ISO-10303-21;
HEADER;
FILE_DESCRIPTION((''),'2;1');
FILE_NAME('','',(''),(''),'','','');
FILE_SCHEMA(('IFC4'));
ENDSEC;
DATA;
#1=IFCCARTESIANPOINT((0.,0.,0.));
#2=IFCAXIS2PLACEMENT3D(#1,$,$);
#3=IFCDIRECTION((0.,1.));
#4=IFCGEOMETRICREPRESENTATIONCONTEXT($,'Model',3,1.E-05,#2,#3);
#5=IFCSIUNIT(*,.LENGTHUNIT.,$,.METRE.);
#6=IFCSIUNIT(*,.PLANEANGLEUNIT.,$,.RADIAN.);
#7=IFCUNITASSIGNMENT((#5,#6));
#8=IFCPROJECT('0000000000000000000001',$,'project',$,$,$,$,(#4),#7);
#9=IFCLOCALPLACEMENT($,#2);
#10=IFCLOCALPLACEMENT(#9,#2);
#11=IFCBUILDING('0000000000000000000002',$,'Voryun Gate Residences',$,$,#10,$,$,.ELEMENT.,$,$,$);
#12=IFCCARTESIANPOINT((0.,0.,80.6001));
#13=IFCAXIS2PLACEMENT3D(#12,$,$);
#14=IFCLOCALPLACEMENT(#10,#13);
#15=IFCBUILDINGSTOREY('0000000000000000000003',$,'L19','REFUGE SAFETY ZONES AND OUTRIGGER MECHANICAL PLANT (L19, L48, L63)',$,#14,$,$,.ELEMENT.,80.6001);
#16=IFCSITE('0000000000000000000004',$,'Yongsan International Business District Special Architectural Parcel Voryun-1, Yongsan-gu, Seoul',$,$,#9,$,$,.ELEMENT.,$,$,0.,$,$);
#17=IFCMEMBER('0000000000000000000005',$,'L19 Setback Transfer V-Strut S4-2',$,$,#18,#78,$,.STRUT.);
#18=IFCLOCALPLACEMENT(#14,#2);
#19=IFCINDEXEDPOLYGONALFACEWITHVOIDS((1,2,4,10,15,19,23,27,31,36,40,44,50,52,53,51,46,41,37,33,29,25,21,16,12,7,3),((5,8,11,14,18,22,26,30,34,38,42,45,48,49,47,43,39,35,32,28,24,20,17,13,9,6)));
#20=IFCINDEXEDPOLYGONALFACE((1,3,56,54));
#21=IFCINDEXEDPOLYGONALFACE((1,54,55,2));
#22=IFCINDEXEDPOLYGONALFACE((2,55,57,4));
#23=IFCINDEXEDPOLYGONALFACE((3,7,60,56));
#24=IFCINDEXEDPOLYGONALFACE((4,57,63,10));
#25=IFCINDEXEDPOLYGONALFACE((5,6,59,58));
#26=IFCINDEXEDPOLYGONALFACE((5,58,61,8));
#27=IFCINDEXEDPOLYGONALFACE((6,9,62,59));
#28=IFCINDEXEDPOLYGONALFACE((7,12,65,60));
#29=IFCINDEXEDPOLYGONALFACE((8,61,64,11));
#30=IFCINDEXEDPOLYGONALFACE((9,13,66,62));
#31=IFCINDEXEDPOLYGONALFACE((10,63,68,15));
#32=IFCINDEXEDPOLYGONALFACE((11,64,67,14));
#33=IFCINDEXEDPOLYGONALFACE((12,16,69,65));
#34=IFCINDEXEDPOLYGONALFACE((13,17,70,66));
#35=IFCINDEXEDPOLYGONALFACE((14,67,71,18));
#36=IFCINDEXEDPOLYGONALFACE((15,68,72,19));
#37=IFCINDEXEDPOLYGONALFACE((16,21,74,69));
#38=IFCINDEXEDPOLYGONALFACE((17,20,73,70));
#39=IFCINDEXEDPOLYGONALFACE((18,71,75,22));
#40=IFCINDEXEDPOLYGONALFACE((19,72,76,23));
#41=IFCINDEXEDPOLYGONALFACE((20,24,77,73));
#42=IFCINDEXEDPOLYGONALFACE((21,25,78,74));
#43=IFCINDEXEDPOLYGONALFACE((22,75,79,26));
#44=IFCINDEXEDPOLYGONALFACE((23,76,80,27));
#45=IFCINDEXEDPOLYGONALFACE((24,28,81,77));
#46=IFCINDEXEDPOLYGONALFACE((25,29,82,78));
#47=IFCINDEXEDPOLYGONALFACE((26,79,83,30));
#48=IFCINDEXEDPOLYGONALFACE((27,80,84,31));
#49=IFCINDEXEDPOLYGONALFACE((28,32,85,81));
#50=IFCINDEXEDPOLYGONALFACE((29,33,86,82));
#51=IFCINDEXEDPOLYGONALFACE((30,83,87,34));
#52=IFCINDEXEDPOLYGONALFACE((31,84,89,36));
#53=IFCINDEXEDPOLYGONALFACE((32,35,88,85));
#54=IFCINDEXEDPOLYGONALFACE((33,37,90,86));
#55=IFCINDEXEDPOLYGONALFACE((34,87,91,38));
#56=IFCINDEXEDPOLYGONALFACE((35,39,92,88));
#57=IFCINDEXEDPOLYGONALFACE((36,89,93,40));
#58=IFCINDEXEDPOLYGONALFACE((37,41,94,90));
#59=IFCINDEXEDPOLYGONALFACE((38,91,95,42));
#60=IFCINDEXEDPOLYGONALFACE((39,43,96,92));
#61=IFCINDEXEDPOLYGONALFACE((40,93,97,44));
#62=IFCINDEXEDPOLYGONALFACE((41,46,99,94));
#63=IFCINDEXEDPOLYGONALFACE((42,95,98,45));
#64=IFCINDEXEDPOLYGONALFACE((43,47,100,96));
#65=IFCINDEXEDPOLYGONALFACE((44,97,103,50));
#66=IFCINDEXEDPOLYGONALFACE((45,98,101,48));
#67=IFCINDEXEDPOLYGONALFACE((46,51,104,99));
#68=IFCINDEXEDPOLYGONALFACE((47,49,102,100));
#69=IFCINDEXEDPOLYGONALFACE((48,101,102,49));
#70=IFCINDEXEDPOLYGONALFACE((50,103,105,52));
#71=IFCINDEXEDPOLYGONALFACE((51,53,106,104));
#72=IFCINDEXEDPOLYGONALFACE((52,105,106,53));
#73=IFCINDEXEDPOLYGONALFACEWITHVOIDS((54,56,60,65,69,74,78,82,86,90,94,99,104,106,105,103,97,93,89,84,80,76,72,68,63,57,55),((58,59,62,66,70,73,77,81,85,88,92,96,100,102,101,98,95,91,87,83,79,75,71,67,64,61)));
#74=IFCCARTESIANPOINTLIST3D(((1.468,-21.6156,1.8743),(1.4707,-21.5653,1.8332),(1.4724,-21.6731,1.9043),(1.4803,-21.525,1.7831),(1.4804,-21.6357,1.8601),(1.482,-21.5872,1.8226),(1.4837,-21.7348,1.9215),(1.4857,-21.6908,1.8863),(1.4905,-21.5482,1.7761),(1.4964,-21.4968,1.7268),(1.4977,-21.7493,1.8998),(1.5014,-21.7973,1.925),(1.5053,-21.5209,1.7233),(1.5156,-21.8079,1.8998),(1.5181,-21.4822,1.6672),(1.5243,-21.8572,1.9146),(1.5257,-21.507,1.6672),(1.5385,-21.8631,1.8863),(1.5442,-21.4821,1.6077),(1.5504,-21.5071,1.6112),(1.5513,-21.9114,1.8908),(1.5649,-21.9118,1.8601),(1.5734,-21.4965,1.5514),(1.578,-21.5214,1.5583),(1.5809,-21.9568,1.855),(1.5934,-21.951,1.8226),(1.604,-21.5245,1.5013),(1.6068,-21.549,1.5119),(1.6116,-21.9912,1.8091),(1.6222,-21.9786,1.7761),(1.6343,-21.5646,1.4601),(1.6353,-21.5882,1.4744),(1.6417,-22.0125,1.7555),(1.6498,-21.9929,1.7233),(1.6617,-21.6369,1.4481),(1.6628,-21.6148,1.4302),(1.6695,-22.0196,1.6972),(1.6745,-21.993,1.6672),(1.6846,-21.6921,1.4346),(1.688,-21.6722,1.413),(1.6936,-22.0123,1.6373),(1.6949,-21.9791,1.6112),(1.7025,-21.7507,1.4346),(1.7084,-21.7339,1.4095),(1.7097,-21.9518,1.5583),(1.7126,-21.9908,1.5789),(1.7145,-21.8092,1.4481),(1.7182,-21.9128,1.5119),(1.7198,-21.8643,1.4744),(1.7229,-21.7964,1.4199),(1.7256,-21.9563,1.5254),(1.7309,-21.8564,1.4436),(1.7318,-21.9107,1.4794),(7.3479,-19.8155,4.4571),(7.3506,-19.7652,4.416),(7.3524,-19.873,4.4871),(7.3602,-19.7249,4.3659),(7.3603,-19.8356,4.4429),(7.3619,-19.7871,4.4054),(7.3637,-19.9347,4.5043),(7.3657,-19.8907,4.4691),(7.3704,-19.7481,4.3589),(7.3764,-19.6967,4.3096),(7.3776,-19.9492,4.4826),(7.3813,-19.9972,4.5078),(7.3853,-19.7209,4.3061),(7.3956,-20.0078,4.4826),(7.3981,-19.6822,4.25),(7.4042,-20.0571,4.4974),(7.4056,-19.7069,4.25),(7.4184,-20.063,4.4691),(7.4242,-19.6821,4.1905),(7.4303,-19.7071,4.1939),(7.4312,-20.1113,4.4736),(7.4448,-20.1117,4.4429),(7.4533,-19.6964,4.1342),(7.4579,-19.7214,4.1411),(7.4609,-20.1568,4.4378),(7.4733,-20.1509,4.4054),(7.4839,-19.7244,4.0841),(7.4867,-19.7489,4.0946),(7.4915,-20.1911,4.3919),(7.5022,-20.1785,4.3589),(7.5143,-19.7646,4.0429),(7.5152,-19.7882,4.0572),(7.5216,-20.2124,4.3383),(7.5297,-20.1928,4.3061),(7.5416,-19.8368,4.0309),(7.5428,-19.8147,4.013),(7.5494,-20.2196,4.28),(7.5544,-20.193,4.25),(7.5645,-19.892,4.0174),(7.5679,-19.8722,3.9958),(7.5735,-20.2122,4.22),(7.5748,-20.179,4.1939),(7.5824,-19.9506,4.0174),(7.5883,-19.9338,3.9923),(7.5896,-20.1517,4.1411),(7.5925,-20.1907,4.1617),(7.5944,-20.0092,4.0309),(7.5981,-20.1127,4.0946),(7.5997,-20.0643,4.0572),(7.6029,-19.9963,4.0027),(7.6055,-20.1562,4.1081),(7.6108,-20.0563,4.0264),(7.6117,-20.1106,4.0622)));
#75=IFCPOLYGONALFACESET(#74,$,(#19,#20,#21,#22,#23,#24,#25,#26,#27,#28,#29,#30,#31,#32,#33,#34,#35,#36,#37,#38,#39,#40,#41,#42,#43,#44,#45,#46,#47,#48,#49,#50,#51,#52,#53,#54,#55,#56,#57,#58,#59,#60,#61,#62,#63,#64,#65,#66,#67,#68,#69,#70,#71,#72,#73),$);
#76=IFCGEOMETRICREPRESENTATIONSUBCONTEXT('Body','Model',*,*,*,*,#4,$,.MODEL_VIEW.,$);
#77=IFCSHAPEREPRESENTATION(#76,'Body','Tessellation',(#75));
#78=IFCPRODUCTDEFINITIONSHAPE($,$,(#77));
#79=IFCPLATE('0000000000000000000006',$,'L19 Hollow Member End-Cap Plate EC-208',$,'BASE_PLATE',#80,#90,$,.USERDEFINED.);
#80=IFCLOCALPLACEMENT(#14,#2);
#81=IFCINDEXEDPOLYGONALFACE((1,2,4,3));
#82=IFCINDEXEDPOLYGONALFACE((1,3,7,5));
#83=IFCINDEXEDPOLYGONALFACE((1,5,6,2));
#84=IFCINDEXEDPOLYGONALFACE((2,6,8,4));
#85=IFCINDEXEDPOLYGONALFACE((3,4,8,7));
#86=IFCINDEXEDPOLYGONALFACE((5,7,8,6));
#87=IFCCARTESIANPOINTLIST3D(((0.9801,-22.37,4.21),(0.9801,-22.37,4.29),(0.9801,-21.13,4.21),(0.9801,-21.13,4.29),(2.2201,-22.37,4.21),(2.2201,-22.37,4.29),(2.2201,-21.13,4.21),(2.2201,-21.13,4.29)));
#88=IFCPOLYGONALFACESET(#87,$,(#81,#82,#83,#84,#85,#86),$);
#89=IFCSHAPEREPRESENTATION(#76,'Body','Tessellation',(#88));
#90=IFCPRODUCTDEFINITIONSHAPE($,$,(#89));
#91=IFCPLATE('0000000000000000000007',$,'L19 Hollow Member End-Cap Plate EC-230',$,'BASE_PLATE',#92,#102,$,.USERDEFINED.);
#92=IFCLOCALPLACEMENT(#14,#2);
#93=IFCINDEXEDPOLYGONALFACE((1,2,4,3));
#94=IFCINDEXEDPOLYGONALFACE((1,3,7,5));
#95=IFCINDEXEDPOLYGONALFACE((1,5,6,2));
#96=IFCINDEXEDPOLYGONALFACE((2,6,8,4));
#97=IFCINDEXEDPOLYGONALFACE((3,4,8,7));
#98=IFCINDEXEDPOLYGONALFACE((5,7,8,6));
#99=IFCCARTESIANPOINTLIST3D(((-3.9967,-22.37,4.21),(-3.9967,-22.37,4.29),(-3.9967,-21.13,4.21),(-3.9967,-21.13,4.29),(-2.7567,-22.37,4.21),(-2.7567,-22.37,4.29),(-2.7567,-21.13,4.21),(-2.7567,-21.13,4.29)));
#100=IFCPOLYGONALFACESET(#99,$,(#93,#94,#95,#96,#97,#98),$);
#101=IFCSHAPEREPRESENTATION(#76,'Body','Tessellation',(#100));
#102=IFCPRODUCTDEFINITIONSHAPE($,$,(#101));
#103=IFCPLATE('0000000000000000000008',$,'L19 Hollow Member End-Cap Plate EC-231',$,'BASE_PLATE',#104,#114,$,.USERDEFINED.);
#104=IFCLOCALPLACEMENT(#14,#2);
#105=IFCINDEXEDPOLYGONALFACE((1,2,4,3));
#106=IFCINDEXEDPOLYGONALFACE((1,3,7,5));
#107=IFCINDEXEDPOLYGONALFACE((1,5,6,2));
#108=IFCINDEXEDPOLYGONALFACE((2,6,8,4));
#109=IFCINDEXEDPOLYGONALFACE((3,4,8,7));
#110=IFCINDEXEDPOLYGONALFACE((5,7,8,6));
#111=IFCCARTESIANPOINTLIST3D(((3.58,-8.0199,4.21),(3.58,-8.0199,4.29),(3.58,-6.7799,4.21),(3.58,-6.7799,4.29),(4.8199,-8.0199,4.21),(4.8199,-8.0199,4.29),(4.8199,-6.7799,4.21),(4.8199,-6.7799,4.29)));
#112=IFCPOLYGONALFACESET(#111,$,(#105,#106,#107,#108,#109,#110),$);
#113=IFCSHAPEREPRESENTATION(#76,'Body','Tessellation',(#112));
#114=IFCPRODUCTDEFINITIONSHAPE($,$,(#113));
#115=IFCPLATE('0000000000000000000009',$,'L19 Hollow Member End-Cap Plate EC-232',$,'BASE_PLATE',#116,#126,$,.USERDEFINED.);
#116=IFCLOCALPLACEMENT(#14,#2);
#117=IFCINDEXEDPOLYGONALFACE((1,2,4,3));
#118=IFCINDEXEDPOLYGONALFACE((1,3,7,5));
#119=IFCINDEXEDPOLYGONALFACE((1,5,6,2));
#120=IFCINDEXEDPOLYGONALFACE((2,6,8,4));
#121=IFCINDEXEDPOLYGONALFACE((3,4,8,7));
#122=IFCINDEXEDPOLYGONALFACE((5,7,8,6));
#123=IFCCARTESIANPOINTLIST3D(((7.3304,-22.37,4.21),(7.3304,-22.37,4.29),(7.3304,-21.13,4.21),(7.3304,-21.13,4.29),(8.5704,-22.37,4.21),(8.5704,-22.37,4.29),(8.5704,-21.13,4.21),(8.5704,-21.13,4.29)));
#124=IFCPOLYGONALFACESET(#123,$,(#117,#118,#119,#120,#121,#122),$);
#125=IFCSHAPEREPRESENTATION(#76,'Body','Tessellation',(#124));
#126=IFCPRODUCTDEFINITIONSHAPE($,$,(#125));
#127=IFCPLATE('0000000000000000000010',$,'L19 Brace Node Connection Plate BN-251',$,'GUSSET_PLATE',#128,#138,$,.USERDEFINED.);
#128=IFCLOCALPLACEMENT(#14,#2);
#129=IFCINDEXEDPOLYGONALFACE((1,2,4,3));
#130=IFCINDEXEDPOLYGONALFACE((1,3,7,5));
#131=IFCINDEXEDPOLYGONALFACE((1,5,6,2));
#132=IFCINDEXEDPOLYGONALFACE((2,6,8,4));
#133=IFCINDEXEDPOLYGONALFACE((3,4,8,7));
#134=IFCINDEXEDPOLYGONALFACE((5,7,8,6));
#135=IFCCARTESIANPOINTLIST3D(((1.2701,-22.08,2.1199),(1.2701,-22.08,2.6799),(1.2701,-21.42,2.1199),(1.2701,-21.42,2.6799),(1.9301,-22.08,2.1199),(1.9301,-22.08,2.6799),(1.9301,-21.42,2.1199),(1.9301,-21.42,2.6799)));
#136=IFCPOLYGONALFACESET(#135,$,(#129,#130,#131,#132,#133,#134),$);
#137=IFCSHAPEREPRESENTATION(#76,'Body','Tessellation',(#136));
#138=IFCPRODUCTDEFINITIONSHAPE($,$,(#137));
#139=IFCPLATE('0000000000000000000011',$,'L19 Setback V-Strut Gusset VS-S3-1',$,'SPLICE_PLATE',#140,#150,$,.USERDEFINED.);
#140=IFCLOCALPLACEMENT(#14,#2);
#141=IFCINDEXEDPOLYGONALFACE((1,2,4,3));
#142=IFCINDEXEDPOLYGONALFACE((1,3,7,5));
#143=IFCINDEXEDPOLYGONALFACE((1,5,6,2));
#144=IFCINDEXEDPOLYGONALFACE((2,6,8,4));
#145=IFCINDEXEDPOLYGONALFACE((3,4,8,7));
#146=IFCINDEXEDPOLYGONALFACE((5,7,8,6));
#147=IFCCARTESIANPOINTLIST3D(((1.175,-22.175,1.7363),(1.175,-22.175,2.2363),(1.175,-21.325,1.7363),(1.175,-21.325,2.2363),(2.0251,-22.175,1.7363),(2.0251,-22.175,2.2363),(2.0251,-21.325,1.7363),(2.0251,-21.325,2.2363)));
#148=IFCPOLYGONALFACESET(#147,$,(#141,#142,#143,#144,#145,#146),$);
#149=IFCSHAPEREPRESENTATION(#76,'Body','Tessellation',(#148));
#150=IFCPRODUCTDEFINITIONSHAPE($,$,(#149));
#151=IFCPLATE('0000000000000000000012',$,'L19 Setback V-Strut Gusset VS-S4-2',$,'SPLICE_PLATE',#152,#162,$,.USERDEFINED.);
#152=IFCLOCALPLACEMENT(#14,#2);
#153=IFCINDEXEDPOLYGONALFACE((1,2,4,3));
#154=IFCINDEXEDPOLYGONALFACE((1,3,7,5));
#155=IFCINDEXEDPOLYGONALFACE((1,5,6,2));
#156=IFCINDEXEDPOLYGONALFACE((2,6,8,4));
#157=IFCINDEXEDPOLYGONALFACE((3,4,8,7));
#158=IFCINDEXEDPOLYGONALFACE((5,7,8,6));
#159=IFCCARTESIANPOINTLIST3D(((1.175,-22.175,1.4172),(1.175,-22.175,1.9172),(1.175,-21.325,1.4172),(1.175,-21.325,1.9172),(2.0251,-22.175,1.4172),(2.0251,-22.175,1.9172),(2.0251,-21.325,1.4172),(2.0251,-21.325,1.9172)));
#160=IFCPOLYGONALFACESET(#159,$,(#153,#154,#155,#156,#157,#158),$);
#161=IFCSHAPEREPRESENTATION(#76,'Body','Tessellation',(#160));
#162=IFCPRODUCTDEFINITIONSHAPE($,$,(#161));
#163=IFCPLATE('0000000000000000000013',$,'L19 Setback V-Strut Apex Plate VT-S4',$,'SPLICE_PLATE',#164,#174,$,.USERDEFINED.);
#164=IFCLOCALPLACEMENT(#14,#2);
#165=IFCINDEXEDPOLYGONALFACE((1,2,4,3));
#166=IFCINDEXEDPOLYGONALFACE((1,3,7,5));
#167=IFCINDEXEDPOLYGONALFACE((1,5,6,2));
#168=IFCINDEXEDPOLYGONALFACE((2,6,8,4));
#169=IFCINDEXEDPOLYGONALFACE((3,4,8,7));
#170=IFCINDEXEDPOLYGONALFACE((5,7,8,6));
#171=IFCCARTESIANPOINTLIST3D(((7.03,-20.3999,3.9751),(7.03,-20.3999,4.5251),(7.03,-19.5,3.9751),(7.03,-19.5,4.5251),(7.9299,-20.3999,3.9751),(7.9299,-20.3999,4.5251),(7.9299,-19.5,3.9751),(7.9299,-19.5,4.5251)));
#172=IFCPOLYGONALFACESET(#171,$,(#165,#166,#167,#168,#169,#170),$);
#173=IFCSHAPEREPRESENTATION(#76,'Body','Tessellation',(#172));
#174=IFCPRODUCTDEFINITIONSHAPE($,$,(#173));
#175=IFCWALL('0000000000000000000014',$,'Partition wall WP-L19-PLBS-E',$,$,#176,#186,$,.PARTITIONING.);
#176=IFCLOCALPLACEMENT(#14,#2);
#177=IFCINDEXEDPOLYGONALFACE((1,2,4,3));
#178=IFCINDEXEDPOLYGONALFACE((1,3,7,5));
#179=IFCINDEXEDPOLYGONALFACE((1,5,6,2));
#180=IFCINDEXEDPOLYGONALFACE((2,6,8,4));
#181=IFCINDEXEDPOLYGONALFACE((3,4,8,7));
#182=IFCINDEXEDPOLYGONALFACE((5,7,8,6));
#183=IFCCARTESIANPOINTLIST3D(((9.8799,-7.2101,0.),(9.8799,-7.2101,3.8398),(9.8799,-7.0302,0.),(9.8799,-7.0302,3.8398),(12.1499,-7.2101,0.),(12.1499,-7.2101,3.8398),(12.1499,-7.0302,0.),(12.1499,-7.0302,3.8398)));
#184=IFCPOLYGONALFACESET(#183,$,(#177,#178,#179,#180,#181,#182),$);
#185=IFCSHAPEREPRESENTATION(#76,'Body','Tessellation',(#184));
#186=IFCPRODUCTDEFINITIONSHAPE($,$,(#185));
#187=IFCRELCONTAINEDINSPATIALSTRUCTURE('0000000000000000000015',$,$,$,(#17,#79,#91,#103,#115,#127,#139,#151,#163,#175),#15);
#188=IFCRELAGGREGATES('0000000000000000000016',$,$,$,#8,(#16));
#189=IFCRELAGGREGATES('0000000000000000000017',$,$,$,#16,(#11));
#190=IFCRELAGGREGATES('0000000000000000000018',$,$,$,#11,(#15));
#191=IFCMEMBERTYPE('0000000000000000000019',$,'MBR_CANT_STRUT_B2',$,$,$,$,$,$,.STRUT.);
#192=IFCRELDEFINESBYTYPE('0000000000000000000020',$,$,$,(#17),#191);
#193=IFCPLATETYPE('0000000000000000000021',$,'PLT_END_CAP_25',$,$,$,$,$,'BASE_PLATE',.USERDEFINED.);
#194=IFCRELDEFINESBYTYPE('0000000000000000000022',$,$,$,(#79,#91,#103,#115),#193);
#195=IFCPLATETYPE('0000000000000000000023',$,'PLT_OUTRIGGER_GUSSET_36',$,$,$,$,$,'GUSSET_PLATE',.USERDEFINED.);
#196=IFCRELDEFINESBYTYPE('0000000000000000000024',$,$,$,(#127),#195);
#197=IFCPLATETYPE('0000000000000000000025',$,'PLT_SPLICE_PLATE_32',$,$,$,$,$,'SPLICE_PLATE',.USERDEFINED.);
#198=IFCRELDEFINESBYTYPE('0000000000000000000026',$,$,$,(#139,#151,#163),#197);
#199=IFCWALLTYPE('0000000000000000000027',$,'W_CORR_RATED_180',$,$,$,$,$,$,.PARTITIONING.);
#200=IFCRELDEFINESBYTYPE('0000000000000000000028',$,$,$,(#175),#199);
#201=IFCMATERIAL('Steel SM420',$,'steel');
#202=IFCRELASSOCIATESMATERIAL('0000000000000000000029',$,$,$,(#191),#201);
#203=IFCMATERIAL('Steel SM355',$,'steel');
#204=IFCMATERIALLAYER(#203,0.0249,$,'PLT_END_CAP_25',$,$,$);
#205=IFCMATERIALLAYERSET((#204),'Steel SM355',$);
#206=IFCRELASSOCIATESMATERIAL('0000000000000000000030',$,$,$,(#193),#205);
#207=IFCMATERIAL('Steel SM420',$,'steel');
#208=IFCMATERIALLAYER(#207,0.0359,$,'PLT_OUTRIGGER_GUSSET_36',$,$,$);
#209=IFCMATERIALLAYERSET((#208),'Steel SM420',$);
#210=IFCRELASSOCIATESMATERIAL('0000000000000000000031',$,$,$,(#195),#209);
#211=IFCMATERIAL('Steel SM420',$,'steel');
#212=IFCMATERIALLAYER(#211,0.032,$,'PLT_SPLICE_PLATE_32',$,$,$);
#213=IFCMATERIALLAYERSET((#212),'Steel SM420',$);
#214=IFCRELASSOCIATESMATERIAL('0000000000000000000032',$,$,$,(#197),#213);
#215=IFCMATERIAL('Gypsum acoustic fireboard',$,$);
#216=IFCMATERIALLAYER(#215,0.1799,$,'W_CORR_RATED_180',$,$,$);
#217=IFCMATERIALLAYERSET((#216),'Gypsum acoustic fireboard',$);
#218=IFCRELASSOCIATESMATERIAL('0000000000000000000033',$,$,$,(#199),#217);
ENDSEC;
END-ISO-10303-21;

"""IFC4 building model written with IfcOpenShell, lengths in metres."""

from ifc_helpers import new_model, si_unit, direction, frame, frame_2d, origin, origin_2d, place, context, subcontext, project, spatial, rectangle, hollow_circle, extrude, material, layer, layer_set, material_profile, profile_set, type_object, element, save


model = new_model("IFC4")

# Units and contexts
model_context = context("Model", 3, precision=1e-05, world=origin(), true_north=direction((0.0, 1.0)))
body_context = subcontext(model_context, "Body", "Model", "MODEL_VIEW")
ifc_project = project(units=[si_unit("LENGTHUNIT", "METRE"), si_unit("PLANEANGLEUNIT", "RADIAN")], contexts=[model_context])

# Site, building, storey
site_placement = place(None, origin())
site = spatial("IfcSite", under=ifc_project, at=site_placement, Name="Yongsan International Business District Special Architectural Parcel Voryun-1, Yongsan-gu, Seoul", CompositionType="ELEMENT", RefElevation=0.0)
building_placement = place(site_placement, origin())
building = spatial("IfcBuilding", under=site, at=building_placement, Name="Voryun Gate Residences", CompositionType="ELEMENT")
storey_placement = place(building_placement, frame((0.0, 0.0, 80.6001)))
storey = spatial("IfcBuildingStorey", under=building, at=storey_placement, Name="L19", Description="REFUGE SAFETY ZONES AND OUTRIGGER MECHANICAL PLANT (L19, L48, L63)", CompositionType="ELEMENT", Elevation=80.6001)

# Member
ifc_material_1 = material(Name="Steel SM420", Category="steel")
ifc_material_profile_1 = material_profile(ifc_material_1, hollow_circle(Radius=0.28, WallThickness=0.0259, at=origin_2d()), Name="CHS-560x26")
ifc_profile_set_1 = profile_set([ifc_material_profile_1], Name="Steel SM420")
member_type_1 = type_object("IfcMemberType", Name="MBR_CANT_STRUT_B2", PredefinedType="STRUT", material=ifc_profile_set_1)
member_1_placement = place(storey_placement, frame((1.6001, -21.75, 1.6672), z_axis=(0.881592, 0.269888, 0.387243), x_axis=(-0.292727, 0.956196, 0.0)))
element("IfcMember", 1, at=member_1_placement, inside=storey, type_object=member_type_1, Name="L19 Setback Transfer V-Strut S4-2", PredefinedType="STRUT", context=body_context, shape_type="SweptSolid", body=[
    extrude(hollow_circle(Radius=0.28, WallThickness=0.0259, at=origin_2d()), origin(), (0.0, 0.0, 1.0), 6.6697),
])

# Plates
ifc_material_2 = material(Name="Steel SM355", Category="steel")
ifc_layer_1 = layer(ifc_material_2, 0.0249, Name="PLT_END_CAP_25")
ifc_layer_set_1 = layer_set([ifc_layer_1], Name="Steel SM355")
plate_type_1 = type_object("IfcPlateType", Name="PLT_END_CAP_25", ElementType="BASE_PLATE", PredefinedType="USERDEFINED", material=ifc_layer_set_1)
for number, where, z_axis, x_axis, name in (
    (2, (1.6001, -21.75, 4.21), (0.0, 0.0, 1.0), (1.0, 0.0, 0.0), "L19 Hollow Member End-Cap Plate EC-208"),
    (3, (-3.3767, -21.75, 4.21), (0.0, 0.0, 1.0), (1.0, 0.0, 0.0), "L19 Hollow Member End-Cap Plate EC-230"),
    (4, (4.2, -7.3999, 4.21), (0.0, 0.0, 1.0), (1.0, 0.0, 0.0), "L19 Hollow Member End-Cap Plate EC-231"),
    (5, (7.9504, -21.75, 4.21), (0.0, 0.0, 1.0), (1.0, 0.0, 0.0), "L19 Hollow Member End-Cap Plate EC-232"),
):
    element("IfcPlate", number, at=place(storey_placement, frame(where, z_axis=z_axis, x_axis=x_axis)), inside=storey, type_object=plate_type_1, Name=name, ObjectType="BASE_PLATE", PredefinedType="USERDEFINED", context=body_context, shape_type="SweptSolid", body=[
        extrude(rectangle(XDim=1.24, YDim=1.24, at=origin_2d()), origin(), (0.0, 0.0, 1.0), 0.0801),
    ])
ifc_material_3 = material(Name="Steel SM420", Category="steel")
ifc_layer_2 = layer(ifc_material_3, 0.0359, Name="PLT_OUTRIGGER_GUSSET_36")
ifc_layer_set_2 = layer_set([ifc_layer_2], Name="Steel SM420")
plate_type_2 = type_object("IfcPlateType", Name="PLT_OUTRIGGER_GUSSET_36", ElementType="GUSSET_PLATE", PredefinedType="USERDEFINED", material=ifc_layer_set_2)
plate_1_placement = place(storey_placement, frame((1.6001, -21.75, 2.1199), z_axis=(0.0, 0.0, 1.0), x_axis=(1.0, 0.0, 0.0)))
element("IfcPlate", 6, at=plate_1_placement, inside=storey, type_object=plate_type_2, Name="L19 Brace Node Connection Plate BN-251", ObjectType="GUSSET_PLATE", PredefinedType="USERDEFINED", context=body_context, shape_type="SweptSolid", body=[
    extrude(rectangle(XDim=0.6599, YDim=0.6599, at=origin_2d()), origin(), (0.0, 0.0, 1.0), 0.5601),
])
ifc_material_4 = material(Name="Steel SM420", Category="steel")
ifc_layer_3 = layer(ifc_material_4, 0.032, Name="PLT_SPLICE_PLATE_32")
ifc_layer_set_3 = layer_set([ifc_layer_3], Name="Steel SM420")
plate_type_3 = type_object("IfcPlateType", Name="PLT_SPLICE_PLATE_32", ElementType="SPLICE_PLATE", PredefinedType="USERDEFINED", material=ifc_layer_set_3)
for number, where, z_axis, x_axis, name in (
    (7, (1.6001, -21.75, 1.7363), (0.0, 0.0, 1.0), (1.0, 0.0, 0.0), "L19 Setback V-Strut Gusset VS-S3-1"),
    (8, (1.6001, -21.75, 1.4172), (0.0, 0.0, 1.0), (1.0, 0.0, 0.0), "L19 Setback V-Strut Gusset VS-S4-2"),
):
    element("IfcPlate", number, at=place(storey_placement, frame(where, z_axis=z_axis, x_axis=x_axis)), inside=storey, type_object=plate_type_3, Name=name, ObjectType="SPLICE_PLATE", PredefinedType="USERDEFINED", context=body_context, shape_type="SweptSolid", body=[
        extrude(rectangle(XDim=0.8501, YDim=0.8501, at=origin_2d()), origin(), (0.0, 0.0, 1.0), 0.5),
    ])
plate_2_placement = place(storey_placement, frame((7.48, -19.95, 3.9751), z_axis=(0.0, 0.0, 1.0), x_axis=(1.0, 0.0, 0.0)))
element("IfcPlate", 9, at=plate_2_placement, inside=storey, type_object=plate_type_3, Name="L19 Setback V-Strut Apex Plate VT-S4", ObjectType="SPLICE_PLATE", PredefinedType="USERDEFINED", context=body_context, shape_type="SweptSolid", body=[
    extrude(rectangle(XDim=0.8999, YDim=0.8999, at=origin_2d()), origin(), (0.0, 0.0, 1.0), 0.55),
])

# Wall
ifc_material_5 = material(Name="Gypsum acoustic fireboard")
ifc_layer_4 = layer(ifc_material_5, 0.1799, Name="W_CORR_RATED_180")
ifc_layer_set_4 = layer_set([ifc_layer_4], Name="Gypsum acoustic fireboard")
wall_type = type_object("IfcWallType", Name="W_CORR_RATED_180", PredefinedType="PARTITIONING", material=ifc_layer_set_4)
wall_1_placement = place(storey_placement, frame((9.8799, -7.1201, 0.0), z_axis=(0.0, 0.0, 1.0), x_axis=(1.0, 0.0, 0.0)))
element("IfcWall", 10, at=wall_1_placement, inside=storey, type_object=wall_type, Name="Partition wall WP-L19-PLBS-E", PredefinedType="PARTITIONING", context=body_context, shape_type="SweptSolid", body=[
    extrude(rectangle(XDim=2.27, YDim=0.1799, at=frame_2d((1.135, 0.0))), origin(), (0.0, 0.0, 1.0), 3.8398),
])

save(model, "model.ifc")
